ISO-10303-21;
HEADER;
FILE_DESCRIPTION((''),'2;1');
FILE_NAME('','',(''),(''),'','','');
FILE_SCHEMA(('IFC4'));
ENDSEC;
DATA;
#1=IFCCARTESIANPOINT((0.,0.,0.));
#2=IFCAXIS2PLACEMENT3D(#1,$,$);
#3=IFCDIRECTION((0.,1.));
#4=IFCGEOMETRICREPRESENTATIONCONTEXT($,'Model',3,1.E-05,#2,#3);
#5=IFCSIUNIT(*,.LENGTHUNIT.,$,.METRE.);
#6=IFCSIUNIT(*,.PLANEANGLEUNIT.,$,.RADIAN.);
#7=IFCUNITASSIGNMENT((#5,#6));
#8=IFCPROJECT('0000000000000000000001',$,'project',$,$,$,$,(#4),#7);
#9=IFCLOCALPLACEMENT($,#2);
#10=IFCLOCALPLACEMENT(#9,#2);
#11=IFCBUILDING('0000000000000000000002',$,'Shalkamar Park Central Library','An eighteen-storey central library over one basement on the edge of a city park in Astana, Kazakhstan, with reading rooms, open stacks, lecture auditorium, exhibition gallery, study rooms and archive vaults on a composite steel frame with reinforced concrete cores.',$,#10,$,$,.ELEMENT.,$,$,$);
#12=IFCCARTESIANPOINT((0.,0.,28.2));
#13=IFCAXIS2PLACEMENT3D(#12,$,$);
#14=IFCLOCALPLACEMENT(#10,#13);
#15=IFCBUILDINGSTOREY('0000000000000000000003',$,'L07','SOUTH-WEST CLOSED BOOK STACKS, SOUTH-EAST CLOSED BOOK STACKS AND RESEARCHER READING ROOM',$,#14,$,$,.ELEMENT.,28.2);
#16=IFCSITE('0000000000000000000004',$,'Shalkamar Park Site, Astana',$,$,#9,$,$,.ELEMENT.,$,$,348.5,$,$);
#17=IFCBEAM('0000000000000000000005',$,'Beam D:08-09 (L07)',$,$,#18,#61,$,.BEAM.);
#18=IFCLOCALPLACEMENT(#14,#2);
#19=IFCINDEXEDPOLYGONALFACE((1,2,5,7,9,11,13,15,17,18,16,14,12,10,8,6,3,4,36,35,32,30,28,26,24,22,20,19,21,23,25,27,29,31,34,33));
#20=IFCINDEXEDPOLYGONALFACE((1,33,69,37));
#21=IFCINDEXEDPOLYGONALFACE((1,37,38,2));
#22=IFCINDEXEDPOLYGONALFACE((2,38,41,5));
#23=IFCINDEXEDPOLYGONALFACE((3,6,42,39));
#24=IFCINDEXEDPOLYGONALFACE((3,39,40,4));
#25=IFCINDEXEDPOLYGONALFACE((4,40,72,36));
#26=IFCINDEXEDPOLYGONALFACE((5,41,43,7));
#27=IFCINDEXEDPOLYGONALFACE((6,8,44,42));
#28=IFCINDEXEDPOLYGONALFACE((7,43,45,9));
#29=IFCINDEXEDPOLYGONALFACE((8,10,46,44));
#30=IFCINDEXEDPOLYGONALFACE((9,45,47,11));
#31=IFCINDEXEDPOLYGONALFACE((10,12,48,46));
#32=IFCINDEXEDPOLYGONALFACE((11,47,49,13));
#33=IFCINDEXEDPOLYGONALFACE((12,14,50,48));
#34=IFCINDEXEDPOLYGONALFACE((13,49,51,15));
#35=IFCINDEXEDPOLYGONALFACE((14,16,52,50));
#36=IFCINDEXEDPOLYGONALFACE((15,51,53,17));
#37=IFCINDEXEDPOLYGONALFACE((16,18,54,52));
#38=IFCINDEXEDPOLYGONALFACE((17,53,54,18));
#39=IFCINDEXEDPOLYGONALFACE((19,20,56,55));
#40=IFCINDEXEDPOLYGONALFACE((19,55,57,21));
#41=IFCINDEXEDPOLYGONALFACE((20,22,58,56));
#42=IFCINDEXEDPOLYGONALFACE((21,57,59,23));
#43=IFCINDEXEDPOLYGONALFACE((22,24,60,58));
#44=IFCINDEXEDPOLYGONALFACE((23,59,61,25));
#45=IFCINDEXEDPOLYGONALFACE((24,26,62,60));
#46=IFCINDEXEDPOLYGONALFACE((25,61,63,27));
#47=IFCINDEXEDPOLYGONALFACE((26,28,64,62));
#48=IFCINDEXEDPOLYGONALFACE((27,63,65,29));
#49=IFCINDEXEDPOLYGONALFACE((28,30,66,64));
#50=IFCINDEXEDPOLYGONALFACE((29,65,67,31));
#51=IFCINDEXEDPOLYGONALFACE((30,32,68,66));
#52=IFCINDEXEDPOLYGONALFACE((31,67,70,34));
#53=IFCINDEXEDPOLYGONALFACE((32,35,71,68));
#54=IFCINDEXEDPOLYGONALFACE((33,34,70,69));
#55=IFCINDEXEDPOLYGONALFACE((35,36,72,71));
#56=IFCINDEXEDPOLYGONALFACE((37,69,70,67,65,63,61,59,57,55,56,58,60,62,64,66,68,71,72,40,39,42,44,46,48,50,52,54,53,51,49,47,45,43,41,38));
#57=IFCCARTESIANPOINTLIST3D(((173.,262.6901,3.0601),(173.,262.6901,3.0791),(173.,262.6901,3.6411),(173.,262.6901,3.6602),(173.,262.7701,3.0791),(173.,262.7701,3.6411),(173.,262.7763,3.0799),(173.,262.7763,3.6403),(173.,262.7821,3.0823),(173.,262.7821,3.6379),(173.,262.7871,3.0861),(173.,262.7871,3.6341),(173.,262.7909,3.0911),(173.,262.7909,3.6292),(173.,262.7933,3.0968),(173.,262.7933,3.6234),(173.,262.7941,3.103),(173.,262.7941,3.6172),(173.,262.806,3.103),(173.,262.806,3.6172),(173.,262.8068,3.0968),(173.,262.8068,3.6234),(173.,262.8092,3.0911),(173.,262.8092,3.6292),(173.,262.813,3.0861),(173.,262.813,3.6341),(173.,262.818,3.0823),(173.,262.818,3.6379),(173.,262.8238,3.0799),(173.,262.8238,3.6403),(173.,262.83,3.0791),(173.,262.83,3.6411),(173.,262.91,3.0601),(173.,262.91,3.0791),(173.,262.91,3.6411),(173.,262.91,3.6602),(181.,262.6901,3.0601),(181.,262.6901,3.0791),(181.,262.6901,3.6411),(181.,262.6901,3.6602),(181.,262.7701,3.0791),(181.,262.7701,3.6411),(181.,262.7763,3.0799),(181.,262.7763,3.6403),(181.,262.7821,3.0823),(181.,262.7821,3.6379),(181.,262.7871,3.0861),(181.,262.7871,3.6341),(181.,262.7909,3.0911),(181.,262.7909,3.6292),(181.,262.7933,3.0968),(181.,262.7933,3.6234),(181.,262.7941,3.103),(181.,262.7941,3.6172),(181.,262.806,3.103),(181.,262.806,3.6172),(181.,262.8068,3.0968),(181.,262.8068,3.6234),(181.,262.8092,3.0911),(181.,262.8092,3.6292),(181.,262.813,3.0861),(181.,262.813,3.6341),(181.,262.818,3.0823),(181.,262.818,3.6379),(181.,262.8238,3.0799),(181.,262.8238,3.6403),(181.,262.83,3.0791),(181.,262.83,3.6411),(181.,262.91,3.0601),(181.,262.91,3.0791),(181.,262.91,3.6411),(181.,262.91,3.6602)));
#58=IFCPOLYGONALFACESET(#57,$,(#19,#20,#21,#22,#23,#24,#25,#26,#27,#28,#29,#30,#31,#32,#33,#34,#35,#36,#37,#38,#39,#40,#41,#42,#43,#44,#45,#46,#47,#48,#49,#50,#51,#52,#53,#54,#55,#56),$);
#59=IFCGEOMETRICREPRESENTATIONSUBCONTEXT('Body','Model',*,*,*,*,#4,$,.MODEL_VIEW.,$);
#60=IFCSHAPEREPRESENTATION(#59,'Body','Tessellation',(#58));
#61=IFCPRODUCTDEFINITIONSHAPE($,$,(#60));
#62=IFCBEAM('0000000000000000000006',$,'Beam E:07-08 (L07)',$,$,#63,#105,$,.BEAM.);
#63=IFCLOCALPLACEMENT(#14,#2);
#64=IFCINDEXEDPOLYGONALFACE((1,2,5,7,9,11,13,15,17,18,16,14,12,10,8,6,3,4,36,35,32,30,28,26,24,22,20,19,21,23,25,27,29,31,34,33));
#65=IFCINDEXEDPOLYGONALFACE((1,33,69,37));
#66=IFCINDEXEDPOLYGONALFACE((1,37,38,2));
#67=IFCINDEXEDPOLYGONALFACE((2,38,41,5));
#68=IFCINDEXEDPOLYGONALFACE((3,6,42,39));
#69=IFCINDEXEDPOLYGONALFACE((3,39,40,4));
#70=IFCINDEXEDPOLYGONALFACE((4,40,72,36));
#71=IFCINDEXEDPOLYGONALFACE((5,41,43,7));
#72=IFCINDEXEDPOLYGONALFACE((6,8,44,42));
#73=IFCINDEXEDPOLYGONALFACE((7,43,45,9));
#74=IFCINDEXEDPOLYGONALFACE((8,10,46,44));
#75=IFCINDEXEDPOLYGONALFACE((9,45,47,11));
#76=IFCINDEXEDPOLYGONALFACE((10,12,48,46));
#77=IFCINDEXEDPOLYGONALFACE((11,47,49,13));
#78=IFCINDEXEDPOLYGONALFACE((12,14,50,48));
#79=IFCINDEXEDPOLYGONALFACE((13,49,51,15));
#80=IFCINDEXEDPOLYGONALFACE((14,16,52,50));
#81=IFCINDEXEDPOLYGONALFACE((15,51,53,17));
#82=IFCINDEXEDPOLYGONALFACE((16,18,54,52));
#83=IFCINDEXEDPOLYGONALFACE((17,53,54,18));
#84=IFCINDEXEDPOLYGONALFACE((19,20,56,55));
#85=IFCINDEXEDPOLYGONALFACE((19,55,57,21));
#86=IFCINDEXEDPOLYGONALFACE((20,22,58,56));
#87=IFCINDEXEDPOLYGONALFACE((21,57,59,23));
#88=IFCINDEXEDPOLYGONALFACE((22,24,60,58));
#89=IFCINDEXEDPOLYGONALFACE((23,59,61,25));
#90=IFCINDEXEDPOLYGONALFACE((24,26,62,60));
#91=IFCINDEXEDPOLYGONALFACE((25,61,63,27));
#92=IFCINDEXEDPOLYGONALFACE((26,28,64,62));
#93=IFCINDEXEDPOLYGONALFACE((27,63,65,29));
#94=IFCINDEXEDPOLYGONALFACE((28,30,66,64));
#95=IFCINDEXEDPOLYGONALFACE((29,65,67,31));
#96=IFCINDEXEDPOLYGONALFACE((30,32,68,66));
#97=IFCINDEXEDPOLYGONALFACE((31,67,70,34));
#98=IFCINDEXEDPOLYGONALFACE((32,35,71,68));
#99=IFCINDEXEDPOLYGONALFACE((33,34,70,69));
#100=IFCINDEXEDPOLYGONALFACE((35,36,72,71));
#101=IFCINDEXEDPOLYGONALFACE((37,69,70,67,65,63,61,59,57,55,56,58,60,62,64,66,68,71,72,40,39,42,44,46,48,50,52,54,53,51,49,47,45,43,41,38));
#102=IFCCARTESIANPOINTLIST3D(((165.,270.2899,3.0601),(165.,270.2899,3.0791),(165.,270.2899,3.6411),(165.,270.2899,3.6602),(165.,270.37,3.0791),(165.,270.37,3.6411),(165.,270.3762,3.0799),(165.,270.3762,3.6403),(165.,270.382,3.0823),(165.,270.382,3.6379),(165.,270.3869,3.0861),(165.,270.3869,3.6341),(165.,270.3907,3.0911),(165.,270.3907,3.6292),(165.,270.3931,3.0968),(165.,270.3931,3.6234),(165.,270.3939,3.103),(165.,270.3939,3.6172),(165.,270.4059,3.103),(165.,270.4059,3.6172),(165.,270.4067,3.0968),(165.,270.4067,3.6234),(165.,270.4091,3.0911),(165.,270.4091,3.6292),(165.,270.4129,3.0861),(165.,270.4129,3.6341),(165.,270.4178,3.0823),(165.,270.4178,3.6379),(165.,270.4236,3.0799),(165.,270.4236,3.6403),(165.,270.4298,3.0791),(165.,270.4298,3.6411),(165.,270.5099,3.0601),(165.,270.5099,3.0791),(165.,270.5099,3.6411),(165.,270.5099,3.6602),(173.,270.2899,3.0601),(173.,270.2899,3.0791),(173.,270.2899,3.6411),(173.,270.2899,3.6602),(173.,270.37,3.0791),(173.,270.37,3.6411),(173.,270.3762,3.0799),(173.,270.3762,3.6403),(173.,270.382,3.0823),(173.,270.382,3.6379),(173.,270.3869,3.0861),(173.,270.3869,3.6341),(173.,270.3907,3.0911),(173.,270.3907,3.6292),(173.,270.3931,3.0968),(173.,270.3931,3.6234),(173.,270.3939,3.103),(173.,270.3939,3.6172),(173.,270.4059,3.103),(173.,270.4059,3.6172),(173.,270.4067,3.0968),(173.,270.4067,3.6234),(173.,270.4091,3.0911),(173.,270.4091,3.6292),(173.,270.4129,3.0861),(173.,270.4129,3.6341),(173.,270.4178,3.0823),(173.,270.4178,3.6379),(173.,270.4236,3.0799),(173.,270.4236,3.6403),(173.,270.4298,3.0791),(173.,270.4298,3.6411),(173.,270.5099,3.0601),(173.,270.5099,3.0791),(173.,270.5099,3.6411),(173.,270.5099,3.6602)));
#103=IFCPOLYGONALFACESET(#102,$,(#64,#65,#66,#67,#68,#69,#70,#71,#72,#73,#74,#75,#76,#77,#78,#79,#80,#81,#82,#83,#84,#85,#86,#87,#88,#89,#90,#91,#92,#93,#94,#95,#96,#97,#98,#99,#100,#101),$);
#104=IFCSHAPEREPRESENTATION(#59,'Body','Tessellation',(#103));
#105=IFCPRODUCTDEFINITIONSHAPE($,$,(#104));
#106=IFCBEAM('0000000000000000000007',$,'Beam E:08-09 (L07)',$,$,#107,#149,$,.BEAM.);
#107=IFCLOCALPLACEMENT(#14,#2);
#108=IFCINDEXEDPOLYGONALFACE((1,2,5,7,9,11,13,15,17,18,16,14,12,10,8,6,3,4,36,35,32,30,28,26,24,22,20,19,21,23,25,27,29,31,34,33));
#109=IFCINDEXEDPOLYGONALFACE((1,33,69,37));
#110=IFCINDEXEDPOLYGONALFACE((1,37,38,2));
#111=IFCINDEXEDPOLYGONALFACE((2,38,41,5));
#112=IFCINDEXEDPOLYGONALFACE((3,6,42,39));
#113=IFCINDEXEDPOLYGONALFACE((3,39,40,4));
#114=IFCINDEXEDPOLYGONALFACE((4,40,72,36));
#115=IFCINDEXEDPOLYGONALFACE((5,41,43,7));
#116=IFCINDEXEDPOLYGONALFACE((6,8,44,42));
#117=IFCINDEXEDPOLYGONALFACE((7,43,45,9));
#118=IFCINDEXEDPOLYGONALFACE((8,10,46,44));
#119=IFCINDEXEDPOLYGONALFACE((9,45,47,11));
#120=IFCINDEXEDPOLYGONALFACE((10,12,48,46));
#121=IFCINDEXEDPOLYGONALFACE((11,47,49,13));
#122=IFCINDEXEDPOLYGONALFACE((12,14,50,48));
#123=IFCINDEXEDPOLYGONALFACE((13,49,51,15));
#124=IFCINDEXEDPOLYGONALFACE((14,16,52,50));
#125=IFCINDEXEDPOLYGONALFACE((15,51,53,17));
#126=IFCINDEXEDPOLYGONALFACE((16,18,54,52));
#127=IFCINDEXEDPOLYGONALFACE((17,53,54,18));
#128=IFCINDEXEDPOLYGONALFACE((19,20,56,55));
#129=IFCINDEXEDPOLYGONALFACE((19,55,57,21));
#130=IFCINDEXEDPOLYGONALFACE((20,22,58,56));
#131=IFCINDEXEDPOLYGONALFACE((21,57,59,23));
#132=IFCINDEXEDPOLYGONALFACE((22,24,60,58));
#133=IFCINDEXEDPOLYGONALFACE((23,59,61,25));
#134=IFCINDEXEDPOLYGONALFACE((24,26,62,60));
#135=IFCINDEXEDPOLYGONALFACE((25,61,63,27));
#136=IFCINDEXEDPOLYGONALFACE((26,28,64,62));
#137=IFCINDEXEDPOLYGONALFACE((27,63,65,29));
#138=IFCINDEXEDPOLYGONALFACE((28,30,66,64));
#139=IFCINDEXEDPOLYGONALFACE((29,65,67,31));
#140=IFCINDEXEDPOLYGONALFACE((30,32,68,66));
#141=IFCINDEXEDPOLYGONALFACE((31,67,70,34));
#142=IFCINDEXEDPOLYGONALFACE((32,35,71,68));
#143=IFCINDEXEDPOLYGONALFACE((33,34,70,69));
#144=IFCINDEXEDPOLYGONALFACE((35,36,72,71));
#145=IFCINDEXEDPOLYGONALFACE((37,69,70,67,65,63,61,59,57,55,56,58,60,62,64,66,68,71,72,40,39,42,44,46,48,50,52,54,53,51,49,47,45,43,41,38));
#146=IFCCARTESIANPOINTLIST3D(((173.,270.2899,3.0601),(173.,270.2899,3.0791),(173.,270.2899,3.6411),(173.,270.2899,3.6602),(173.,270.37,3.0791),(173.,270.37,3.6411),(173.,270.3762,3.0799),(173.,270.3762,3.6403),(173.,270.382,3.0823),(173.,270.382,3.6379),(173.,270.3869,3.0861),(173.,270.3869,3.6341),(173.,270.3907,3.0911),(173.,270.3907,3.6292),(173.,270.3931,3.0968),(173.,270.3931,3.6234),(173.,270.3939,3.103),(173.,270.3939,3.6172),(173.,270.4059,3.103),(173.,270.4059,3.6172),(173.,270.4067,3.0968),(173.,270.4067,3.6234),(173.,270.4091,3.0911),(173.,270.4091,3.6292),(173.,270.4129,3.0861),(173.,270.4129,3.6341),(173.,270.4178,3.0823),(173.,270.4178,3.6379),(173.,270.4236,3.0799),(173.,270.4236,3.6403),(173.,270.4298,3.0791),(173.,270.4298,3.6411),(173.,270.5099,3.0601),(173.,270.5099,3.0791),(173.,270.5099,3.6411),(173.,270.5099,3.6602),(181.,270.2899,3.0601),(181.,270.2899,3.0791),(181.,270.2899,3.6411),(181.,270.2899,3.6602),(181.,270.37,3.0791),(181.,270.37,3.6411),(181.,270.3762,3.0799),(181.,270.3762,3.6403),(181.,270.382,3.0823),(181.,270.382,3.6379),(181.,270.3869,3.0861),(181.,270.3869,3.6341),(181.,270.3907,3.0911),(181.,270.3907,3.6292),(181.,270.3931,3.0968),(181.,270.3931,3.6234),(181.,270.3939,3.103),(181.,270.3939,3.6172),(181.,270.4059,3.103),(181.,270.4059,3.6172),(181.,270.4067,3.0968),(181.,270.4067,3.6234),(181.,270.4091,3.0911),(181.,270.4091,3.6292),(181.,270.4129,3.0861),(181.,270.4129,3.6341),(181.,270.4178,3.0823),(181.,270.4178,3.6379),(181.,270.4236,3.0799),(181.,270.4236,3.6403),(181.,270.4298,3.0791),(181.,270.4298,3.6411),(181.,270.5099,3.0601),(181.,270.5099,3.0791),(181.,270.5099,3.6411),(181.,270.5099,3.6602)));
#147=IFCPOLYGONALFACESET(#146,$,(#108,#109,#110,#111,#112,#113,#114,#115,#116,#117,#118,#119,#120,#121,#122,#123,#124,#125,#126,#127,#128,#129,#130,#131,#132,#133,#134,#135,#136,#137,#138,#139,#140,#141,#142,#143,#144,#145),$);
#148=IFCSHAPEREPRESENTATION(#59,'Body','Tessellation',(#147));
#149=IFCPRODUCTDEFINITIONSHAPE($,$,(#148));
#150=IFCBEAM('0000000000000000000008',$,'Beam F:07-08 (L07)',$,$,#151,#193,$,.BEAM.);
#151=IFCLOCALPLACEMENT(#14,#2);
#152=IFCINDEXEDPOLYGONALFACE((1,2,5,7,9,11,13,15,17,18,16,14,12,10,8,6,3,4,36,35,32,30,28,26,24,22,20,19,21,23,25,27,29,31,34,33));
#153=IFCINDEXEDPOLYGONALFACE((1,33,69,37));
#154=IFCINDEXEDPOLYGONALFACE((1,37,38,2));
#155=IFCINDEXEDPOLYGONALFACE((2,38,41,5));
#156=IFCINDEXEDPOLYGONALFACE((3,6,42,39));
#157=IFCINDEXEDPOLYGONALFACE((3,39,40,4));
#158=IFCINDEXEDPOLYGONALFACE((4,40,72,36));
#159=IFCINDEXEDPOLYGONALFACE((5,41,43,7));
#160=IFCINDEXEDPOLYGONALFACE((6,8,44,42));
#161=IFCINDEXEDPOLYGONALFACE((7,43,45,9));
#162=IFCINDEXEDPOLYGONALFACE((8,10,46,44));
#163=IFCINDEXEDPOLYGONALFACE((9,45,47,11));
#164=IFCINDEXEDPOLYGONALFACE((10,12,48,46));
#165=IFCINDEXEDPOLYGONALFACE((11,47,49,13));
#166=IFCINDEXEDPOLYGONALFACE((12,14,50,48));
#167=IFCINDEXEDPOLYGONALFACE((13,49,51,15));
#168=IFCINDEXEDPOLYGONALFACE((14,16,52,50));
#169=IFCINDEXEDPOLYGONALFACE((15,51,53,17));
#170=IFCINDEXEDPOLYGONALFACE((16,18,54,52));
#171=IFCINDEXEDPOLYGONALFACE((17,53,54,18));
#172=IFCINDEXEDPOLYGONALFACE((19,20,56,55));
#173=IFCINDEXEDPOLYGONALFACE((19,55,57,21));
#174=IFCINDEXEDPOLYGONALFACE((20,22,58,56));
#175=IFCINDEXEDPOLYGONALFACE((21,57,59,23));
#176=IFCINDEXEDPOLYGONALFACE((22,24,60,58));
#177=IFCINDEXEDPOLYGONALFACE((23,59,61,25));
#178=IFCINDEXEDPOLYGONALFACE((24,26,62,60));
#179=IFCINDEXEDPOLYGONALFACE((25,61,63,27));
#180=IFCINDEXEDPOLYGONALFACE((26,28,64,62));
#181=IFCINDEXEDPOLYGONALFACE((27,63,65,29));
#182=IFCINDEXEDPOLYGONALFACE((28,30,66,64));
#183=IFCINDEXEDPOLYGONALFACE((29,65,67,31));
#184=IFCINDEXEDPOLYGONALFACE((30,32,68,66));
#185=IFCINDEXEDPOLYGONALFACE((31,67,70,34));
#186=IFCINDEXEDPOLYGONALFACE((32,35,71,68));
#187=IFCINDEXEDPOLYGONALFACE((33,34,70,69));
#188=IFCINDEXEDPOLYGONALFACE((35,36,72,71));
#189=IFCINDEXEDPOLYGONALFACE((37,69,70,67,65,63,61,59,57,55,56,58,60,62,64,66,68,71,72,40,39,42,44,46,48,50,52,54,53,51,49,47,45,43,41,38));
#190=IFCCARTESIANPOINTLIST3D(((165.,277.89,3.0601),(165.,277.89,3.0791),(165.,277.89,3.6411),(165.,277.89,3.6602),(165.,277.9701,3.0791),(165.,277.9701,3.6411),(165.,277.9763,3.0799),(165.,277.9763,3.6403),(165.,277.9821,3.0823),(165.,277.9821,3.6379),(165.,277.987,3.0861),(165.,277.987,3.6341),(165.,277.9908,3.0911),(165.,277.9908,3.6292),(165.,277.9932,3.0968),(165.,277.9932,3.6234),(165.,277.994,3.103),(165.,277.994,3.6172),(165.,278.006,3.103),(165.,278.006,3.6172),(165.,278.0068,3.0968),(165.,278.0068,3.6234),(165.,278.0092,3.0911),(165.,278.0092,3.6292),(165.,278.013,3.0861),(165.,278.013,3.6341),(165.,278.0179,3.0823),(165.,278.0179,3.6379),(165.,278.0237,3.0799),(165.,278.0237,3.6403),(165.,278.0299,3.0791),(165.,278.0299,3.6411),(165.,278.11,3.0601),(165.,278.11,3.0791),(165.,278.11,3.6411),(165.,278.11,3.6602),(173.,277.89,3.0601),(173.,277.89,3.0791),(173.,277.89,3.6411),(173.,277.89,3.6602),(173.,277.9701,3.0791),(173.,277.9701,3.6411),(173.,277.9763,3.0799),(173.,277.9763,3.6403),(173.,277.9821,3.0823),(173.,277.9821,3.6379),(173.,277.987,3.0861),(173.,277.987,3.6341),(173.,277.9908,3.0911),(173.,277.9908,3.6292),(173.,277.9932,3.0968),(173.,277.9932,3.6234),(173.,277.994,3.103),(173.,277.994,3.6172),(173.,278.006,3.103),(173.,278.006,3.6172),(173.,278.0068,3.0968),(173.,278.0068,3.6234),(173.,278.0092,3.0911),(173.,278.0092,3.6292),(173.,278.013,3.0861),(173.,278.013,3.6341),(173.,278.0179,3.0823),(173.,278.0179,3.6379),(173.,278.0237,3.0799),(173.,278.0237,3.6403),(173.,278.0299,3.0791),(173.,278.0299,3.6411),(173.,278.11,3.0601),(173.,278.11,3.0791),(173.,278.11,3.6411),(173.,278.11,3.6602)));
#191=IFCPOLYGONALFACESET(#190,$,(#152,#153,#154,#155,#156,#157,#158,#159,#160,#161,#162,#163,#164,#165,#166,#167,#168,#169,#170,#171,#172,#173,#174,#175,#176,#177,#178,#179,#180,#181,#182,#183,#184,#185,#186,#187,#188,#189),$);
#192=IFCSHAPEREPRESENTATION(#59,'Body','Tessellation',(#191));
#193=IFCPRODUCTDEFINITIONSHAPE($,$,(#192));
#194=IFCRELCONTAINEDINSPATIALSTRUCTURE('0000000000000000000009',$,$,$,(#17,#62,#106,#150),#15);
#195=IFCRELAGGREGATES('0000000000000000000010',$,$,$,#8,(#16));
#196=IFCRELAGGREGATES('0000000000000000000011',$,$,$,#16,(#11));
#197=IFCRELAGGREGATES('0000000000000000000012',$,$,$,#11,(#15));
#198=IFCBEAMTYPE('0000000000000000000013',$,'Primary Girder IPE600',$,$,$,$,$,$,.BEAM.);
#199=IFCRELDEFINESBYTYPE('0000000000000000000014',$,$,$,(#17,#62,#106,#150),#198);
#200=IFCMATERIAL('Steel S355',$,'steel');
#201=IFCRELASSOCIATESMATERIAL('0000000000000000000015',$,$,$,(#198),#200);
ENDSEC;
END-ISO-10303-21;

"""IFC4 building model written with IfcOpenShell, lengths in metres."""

from ifc_helpers import new_model, si_unit, direction, frame, origin, origin_2d, place, context, subcontext, project, spatial, i_section, extrude, material, material_profile, profile_set, type_object, element, save


model = new_model("IFC4")

# Units and contexts
model_context = context("Model", 3, precision=1e-05, world=origin(), true_north=direction((0.0, 1.0)))
body_context = subcontext(model_context, "Body", "Model", "MODEL_VIEW")
ifc_project = project(units=[si_unit("LENGTHUNIT", "METRE"), si_unit("PLANEANGLEUNIT", "RADIAN")], contexts=[model_context])

# Site, building, storey
site_placement = place(None, origin())
site = spatial("IfcSite", under=ifc_project, at=site_placement, Name="Shalkamar Park Site, Astana", CompositionType="ELEMENT", RefElevation=348.5)
building_placement = place(site_placement, origin())
building = spatial("IfcBuilding", under=site, at=building_placement, Name="Shalkamar Park Central Library", Description="An eighteen-storey central library over one basement on the edge of a city park in Astana, Kazakhstan, with reading rooms, open stacks, lecture auditorium, exhibition gallery, study rooms and archive vaults on a composite steel frame with reinforced concrete cores.", CompositionType="ELEMENT")
storey_placement = place(building_placement, frame((0.0, 0.0, 28.2)))
storey = spatial("IfcBuildingStorey", under=building, at=storey_placement, Name="L07", Description="SOUTH-WEST CLOSED BOOK STACKS, SOUTH-EAST CLOSED BOOK STACKS AND RESEARCHER READING ROOM", CompositionType="ELEMENT", Elevation=28.2)

# Shared definitions
ifc_material_1 = material(Name="Steel S355", Category="steel")

# Beams
ifc_material_profile_1 = material_profile(ifc_material_1, i_section(OverallWidth=0.22, OverallDepth=0.6001, WebThickness=0.012, FlangeThickness=0.019, FilletRadius=0.0239, at=origin_2d()), Name="IPE 600")
ifc_profile_set_1 = profile_set([ifc_material_profile_1], Name="Steel S355")
beam_type_1 = type_object("IfcBeamType", Name="Primary Girder IPE600", PredefinedType="BEAM", material=ifc_profile_set_1)
for number, where, z_axis, x_axis, name in (
    (1, (173.0, 262.8, 3.3601), (1.0, 0.0, 0.0), (0.0, 1.0, 0.0), "Beam D:08-09 (L07)"),
    (2, (165.0, 270.3999, 3.3601), (1.0, 0.0, 0.0), (0.0, 1.0, 0.0), "Beam E:07-08 (L07)"),
    (3, (173.0, 270.3999, 3.3601), (1.0, 0.0, 0.0), (0.0, 1.0, 0.0), "Beam E:08-09 (L07)"),
    (4, (165.0, 278.0, 3.3601), (1.0, 0.0, 0.0), (0.0, 1.0, 0.0), "Beam F:07-08 (L07)"),
):
    element("IfcBeam", number, at=place(storey_placement, frame(where, z_axis=z_axis, x_axis=x_axis)), inside=storey, type_object=beam_type_1, Name=name, PredefinedType="BEAM", context=body_context, shape_type="SweptSolid", body=[
        extrude(i_section(OverallWidth=0.22, OverallDepth=0.6001, WebThickness=0.012, FlangeThickness=0.019, FilletRadius=0.0239, at=origin_2d()), origin(), (0.0, 0.0, 1.0), 8.0),
    ])

save(model, "model.ifc")
